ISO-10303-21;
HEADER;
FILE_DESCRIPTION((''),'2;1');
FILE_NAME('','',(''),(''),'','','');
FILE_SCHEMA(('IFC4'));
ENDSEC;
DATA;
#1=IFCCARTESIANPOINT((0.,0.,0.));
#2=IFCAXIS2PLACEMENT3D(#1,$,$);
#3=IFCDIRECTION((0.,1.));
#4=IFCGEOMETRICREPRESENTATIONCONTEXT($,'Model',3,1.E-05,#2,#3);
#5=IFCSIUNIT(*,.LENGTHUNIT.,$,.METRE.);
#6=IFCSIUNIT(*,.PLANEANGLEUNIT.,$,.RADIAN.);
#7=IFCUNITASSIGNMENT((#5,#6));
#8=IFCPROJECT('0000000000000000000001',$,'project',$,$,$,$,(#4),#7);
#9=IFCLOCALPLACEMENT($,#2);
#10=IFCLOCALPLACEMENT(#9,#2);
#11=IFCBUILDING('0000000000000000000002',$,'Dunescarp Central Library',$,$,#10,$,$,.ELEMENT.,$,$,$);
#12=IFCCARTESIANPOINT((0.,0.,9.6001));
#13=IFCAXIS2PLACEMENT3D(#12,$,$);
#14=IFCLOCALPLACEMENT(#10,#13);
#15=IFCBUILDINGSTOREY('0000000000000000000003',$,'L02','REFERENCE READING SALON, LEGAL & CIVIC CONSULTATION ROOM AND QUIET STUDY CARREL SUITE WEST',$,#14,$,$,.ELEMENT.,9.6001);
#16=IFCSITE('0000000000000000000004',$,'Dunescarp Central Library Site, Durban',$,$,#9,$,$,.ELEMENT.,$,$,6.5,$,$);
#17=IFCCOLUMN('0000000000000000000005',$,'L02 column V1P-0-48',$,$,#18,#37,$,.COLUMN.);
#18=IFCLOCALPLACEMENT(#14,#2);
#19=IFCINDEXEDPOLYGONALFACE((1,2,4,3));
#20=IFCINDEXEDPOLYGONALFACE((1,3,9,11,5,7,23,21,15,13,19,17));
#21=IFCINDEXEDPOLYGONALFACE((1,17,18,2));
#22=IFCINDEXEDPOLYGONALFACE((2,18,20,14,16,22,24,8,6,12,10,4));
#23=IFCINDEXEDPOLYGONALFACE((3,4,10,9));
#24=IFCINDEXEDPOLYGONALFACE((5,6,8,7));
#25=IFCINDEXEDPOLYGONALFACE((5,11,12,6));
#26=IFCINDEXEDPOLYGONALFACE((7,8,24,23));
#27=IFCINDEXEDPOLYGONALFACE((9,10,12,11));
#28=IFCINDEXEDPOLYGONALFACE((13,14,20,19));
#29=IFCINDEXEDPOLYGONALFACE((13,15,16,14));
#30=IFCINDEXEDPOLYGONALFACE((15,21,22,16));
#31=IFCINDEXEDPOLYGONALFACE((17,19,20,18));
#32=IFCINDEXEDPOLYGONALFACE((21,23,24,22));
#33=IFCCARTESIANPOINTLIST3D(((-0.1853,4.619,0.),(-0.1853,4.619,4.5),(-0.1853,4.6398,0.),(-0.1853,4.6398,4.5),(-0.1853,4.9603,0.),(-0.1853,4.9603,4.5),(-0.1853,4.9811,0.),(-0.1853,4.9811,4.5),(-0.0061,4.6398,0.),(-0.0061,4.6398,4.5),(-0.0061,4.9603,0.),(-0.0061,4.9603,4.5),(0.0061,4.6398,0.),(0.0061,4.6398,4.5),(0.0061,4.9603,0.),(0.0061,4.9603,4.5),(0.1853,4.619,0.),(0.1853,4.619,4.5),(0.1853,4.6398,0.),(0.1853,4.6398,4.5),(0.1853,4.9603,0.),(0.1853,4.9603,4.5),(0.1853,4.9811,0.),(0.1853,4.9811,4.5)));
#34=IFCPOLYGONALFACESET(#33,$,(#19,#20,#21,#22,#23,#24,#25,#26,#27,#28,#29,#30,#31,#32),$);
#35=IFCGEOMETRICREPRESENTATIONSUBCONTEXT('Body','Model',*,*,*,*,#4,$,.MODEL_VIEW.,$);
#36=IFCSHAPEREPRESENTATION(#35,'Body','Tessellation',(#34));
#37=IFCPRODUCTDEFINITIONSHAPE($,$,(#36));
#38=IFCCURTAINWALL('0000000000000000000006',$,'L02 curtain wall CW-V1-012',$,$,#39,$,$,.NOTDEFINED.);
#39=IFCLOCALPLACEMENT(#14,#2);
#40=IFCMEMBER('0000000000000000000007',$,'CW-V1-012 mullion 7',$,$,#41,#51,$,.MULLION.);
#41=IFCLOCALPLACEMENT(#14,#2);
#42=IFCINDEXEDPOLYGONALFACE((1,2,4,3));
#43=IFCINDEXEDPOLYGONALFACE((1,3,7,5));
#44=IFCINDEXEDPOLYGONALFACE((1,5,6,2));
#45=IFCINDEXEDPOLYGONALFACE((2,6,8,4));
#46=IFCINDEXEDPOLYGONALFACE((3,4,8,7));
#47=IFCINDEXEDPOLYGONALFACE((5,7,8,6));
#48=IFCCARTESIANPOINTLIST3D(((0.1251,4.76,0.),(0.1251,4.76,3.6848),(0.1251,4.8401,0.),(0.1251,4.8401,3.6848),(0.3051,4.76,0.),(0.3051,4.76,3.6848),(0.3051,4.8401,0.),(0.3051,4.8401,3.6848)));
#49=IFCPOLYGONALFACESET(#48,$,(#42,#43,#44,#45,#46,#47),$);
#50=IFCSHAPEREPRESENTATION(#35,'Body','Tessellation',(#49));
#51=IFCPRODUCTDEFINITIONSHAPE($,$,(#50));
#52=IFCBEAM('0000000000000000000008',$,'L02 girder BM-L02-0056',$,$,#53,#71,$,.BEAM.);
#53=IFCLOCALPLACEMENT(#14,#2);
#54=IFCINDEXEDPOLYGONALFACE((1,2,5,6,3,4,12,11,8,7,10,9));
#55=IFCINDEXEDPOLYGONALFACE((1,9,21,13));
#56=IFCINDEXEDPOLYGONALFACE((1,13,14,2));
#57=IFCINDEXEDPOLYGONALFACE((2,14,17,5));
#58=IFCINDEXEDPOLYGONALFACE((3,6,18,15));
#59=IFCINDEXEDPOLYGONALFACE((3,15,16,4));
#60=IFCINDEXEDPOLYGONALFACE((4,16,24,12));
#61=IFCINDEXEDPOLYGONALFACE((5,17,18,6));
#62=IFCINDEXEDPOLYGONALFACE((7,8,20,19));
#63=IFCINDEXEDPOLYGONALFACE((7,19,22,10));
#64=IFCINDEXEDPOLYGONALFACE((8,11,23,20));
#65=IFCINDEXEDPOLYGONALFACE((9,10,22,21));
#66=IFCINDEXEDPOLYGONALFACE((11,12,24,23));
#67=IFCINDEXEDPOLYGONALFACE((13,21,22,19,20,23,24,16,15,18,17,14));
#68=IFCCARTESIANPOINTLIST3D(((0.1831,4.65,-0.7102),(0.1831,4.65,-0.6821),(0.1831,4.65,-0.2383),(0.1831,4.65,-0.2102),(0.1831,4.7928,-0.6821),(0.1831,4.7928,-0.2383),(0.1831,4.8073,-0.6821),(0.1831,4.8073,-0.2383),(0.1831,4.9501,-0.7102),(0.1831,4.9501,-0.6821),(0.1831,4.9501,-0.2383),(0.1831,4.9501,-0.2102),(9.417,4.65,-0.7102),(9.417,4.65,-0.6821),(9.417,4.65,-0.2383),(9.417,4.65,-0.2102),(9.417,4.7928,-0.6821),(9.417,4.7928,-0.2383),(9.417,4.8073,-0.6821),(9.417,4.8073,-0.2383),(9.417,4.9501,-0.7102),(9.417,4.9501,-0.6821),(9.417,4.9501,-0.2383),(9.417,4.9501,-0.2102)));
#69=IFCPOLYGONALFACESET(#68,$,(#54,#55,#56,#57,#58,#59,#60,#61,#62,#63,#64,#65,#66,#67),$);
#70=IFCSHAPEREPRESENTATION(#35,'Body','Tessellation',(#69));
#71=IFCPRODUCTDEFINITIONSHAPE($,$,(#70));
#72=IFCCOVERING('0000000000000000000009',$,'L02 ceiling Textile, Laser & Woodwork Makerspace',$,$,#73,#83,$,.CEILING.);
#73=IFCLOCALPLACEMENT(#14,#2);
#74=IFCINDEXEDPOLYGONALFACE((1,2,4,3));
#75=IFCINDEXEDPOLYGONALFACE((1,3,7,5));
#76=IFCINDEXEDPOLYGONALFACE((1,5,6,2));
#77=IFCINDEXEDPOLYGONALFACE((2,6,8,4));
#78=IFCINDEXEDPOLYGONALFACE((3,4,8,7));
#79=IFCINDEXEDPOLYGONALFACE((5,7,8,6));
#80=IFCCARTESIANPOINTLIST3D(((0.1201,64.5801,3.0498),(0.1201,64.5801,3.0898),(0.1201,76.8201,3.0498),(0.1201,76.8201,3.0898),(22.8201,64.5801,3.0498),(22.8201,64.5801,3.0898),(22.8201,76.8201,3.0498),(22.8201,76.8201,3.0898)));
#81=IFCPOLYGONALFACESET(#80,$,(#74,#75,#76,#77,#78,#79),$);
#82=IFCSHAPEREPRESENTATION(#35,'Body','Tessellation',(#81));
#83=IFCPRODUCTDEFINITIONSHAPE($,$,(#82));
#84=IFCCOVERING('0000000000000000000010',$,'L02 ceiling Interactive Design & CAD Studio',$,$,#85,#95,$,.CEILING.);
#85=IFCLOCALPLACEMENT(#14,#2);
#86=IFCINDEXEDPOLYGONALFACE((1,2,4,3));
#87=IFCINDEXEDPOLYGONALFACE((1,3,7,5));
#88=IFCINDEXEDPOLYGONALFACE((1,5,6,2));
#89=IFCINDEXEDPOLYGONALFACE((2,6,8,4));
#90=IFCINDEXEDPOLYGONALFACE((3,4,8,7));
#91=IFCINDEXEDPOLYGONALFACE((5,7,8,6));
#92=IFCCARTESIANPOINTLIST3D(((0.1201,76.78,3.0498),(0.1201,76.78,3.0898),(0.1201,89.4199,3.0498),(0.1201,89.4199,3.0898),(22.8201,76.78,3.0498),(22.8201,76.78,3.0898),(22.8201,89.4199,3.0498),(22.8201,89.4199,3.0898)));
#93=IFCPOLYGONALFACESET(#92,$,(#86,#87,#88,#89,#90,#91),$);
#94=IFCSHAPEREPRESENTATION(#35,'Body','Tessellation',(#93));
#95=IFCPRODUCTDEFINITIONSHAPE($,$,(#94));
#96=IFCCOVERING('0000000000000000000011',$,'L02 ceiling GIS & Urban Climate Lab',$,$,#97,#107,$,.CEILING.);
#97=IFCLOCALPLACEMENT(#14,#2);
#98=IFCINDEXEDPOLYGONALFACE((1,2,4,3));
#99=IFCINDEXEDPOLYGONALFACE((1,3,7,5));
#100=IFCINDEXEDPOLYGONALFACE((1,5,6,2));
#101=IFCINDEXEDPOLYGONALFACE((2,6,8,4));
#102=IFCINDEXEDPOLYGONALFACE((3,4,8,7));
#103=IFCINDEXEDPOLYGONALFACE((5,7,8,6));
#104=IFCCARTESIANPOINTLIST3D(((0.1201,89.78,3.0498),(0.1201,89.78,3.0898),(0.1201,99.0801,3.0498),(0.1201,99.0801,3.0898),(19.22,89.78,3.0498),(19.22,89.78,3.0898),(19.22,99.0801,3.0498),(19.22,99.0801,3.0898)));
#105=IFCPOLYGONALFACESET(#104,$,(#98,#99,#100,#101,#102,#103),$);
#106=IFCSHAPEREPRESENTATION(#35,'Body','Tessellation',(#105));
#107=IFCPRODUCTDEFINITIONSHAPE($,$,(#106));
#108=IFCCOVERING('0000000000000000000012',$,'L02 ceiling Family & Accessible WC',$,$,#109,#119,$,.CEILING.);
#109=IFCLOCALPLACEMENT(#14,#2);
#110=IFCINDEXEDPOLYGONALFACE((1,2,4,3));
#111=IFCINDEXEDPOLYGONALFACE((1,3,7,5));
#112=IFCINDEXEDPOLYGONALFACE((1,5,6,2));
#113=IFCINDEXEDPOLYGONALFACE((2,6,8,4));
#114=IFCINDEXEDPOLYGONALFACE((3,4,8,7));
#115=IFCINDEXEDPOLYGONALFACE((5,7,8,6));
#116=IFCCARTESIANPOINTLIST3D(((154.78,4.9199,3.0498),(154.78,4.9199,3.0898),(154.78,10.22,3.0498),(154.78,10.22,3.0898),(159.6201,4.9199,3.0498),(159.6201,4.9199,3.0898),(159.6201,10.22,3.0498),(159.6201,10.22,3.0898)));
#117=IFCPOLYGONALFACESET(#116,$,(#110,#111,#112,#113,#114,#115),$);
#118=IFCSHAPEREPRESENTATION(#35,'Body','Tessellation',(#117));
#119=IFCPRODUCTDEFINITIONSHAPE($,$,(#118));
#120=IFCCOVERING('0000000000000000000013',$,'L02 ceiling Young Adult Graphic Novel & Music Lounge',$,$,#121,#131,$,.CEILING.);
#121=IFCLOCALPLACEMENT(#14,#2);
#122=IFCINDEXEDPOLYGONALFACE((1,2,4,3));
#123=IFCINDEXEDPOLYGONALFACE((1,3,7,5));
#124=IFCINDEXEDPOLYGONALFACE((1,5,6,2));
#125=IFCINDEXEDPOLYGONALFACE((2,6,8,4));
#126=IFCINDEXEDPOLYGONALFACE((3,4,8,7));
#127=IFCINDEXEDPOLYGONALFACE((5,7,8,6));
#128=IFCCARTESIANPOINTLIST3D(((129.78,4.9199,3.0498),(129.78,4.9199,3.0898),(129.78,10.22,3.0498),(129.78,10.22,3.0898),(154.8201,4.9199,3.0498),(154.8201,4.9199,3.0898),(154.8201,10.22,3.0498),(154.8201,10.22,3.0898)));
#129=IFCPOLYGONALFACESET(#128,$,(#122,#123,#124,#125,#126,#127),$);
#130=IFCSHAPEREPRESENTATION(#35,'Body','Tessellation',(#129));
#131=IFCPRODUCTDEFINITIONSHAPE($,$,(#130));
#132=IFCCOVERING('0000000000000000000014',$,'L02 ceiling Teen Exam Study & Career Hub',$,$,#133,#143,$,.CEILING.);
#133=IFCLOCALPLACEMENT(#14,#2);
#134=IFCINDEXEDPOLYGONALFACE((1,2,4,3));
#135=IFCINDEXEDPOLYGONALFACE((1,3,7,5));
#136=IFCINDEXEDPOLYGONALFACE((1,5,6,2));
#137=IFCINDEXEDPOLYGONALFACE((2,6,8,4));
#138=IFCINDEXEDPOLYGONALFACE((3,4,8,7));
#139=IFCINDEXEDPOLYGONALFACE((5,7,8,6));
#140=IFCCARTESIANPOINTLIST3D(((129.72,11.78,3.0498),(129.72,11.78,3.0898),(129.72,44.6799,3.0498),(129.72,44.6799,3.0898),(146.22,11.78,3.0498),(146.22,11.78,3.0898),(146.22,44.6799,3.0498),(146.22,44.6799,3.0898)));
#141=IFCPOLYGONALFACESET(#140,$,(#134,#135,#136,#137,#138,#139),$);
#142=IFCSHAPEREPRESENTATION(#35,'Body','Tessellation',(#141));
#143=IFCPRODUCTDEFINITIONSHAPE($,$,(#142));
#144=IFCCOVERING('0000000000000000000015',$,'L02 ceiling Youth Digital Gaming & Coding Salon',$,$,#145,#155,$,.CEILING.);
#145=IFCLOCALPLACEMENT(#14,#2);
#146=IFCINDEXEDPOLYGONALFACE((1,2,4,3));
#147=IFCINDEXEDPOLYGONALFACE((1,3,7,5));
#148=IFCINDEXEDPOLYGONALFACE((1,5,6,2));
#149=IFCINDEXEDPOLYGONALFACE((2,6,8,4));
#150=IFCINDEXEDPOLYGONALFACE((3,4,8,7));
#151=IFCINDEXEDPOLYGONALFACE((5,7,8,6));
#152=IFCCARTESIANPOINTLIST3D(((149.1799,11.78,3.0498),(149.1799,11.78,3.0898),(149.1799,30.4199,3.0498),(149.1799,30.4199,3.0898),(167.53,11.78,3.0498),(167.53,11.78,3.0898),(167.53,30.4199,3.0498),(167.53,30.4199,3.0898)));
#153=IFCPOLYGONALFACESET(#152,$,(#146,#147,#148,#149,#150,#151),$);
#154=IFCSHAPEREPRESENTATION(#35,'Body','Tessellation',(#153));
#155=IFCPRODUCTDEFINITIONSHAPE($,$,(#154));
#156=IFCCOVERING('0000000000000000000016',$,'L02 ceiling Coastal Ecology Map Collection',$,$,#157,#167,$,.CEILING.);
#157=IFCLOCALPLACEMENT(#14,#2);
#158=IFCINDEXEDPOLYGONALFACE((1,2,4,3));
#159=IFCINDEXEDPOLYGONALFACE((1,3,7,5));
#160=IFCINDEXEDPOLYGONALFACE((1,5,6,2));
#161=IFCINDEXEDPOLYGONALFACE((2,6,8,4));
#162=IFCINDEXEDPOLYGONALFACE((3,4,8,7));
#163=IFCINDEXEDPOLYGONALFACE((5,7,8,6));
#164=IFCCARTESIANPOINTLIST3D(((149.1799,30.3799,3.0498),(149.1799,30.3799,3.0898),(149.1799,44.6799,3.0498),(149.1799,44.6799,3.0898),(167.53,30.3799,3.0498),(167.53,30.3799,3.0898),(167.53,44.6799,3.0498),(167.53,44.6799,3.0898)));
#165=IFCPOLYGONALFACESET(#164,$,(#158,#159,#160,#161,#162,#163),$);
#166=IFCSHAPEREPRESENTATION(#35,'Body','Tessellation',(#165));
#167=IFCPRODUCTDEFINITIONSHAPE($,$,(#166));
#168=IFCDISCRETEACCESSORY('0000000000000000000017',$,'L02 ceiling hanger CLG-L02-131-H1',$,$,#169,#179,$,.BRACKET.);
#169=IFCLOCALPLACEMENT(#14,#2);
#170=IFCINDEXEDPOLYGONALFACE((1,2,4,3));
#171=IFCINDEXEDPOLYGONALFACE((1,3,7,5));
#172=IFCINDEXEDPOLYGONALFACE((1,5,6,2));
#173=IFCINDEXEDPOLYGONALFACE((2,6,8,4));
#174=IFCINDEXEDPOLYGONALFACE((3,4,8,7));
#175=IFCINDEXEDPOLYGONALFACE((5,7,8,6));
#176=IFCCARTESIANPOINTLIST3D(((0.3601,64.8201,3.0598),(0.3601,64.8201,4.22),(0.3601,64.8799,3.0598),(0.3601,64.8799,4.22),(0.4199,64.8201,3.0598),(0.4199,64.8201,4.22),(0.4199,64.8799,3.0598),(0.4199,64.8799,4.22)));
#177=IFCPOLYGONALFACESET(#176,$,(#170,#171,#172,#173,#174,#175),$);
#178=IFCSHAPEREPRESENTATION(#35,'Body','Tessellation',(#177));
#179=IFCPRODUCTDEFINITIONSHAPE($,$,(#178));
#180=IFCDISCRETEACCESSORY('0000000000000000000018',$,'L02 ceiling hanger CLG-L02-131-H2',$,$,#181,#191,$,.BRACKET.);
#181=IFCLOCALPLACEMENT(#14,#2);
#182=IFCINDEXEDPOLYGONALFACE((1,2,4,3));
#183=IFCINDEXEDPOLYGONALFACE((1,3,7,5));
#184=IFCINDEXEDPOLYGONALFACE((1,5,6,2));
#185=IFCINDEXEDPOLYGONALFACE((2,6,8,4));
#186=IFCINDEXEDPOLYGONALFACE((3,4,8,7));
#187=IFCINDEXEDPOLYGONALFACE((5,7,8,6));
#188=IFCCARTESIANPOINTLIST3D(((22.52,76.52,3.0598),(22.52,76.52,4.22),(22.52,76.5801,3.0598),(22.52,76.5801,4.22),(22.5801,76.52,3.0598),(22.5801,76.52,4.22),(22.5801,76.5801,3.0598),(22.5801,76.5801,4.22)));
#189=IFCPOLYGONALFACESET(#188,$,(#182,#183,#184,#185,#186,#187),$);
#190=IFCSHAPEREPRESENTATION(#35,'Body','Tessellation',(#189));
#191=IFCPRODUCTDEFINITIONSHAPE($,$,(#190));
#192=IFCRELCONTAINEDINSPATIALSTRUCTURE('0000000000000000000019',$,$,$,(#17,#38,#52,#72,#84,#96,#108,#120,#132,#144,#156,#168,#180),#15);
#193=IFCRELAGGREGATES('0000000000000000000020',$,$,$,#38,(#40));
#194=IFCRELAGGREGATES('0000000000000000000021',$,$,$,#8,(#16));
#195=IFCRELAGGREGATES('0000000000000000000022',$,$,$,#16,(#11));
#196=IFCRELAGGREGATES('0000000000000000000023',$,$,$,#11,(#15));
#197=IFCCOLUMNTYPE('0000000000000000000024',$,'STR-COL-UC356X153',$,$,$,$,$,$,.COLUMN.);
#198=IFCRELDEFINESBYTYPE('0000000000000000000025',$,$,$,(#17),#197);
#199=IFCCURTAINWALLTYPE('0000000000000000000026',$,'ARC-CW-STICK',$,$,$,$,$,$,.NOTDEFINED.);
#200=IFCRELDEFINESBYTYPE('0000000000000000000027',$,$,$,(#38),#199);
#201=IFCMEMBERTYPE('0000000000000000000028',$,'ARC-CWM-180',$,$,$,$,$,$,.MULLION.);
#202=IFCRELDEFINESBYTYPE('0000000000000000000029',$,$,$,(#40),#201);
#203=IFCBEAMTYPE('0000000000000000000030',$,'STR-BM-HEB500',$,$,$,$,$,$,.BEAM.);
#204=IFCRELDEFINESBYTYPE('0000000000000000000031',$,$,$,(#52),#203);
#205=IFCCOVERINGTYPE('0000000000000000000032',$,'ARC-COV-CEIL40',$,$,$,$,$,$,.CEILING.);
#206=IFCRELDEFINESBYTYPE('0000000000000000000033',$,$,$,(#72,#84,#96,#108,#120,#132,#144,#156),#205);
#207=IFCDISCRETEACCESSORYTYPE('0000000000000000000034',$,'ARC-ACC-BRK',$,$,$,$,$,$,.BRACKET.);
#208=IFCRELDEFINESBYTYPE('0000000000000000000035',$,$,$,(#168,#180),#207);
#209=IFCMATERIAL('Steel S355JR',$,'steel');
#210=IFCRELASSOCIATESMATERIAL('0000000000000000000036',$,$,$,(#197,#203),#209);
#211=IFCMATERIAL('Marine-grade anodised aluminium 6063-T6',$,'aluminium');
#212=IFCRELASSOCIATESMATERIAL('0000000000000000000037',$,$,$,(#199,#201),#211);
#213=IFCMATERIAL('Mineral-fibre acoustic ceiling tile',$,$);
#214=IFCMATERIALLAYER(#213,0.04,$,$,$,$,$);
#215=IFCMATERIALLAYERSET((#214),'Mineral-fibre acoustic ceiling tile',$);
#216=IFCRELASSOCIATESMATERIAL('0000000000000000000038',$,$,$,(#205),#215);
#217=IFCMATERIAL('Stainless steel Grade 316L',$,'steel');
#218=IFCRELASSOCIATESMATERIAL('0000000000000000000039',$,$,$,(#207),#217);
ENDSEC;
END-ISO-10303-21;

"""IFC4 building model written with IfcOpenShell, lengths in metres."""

from ifc_helpers import new_model, si_unit, direction, frame, origin, origin_2d, place, context, subcontext, project, spatial, polyline, rectangle, i_section, outline, extrude, material, layer, layer_set, material_profile, profile_set, type_object, element, aggregate, save


model = new_model("IFC4")

# Units and contexts
model_context = context("Model", 3, precision=1e-05, world=origin(), true_north=direction((0.0, 1.0)))
body_context = subcontext(model_context, "Body", "Model", "MODEL_VIEW")
ifc_project = project(units=[si_unit("LENGTHUNIT", "METRE"), si_unit("PLANEANGLEUNIT", "RADIAN")], contexts=[model_context])

# Site, building, storey
site_placement = place(None, origin())
site = spatial("IfcSite", under=ifc_project, at=site_placement, Name="Dunescarp Central Library Site, Durban", CompositionType="ELEMENT", RefElevation=6.5)
building_placement = place(site_placement, origin())
building = spatial("IfcBuilding", under=site, at=building_placement, Name="Dunescarp Central Library", CompositionType="ELEMENT")
storey_placement = place(building_placement, frame((0.0, 0.0, 9.6001)))
storey = spatial("IfcBuildingStorey", under=building, at=storey_placement, Name="L02", Description="REFERENCE READING SALON, LEGAL & CIVIC CONSULTATION ROOM AND QUIET STUDY CARREL SUITE WEST", CompositionType="ELEMENT", Elevation=9.6001)

# Column
ifc_material_1 = material(Name="Steel S355JR", Category="steel")
ifc_material_profile_1 = material_profile(ifc_material_1, i_section(OverallWidth=0.3706, OverallDepth=0.3621, WebThickness=0.0122, FlangeThickness=0.0208, at=origin_2d()), Name="UC 356x368x153")
ifc_profile_set_1 = profile_set([ifc_material_profile_1], Name="Steel S355JR")
column_type = type_object("IfcColumnType", Name="STR-COL-UC356X153", PredefinedType="COLUMN", material=ifc_profile_set_1)
column_placement = place(storey_placement, frame((0.0, 4.8, 0.0), z_axis=(0.0, 0.0, 1.0), x_axis=(1.0, 0.0, 0.0)))
element("IfcColumn", 1, at=column_placement, inside=storey, type_object=column_type, Name="L02 column V1P-0-48", PredefinedType="COLUMN", context=body_context, shape_type="SweptSolid", body=[
    extrude(i_section(OverallWidth=0.3706, OverallDepth=0.3621, WebThickness=0.0122, FlangeThickness=0.0208, at=origin_2d()), origin(), (0.0, 0.0, 1.0), 4.5),
])

# Curtain wall, member
ifc_material_2 = material(Name="Marine-grade anodised aluminium 6063-T6", Category="aluminium")
curtain_wall_type = type_object("IfcCurtainWallType", Name="ARC-CW-STICK", PredefinedType="NOTDEFINED", material=ifc_material_2)
curtain_wall_placement = place(storey_placement, origin())
curtain_wall = element("IfcCurtainWall", 2, at=curtain_wall_placement, inside=storey, type_object=curtain_wall_type, Name="L02 curtain wall CW-V1-012", PredefinedType="NOTDEFINED")
ifc_material_profile_2 = material_profile(ifc_material_2, rectangle(XDim=0.0801, YDim=0.1799, at=origin_2d()), Name="AL 80x180")
ifc_profile_set_2 = profile_set([ifc_material_profile_2], Name="Marine-grade anodised aluminium 6063-T6")
member_type = type_object("IfcMemberType", Name="ARC-CWM-180", PredefinedType="MULLION", material=ifc_profile_set_2)
member_placement = place(storey_placement, frame((0.2151, 4.8, 0.0), z_axis=(0.0, 0.0, 1.0), x_axis=(0.0, -1.0, 0.0)))
member = element("IfcMember", 3, at=member_placement, type_object=member_type, Name="CW-V1-012 mullion 7", PredefinedType="MULLION", context=body_context, shape_type="SweptSolid", body=[
    extrude(rectangle(XDim=0.0801, YDim=0.1799, at=origin_2d()), origin(), (0.0, 0.0, 1.0), 3.6848),
])
aggregate(curtain_wall, [member])

# Beam
ifc_material_profile_3 = material_profile(ifc_material_1, i_section(OverallWidth=0.3, OverallDepth=0.5, WebThickness=0.0144, FlangeThickness=0.0281, at=origin_2d()), Name="HEB 500")
ifc_profile_set_3 = profile_set([ifc_material_profile_3], Name="Steel S355JR")
beam_type = type_object("IfcBeamType", Name="STR-BM-HEB500", PredefinedType="BEAM", material=ifc_profile_set_3)
beam_placement = place(storey_placement, frame((0.1831, 4.8, -0.4602), z_axis=(1.0, 0.0, 0.0), x_axis=(0.0, 1.0, 0.0)))
element("IfcBeam", 4, at=beam_placement, inside=storey, type_object=beam_type, Name="L02 girder BM-L02-0056", PredefinedType="BEAM", context=body_context, shape_type="SweptSolid", body=[
    extrude(i_section(OverallWidth=0.3, OverallDepth=0.5, WebThickness=0.0144, FlangeThickness=0.0281, at=origin_2d()), origin(), (0.0, 0.0, 1.0), 9.2339),
])

# Coverings
ifc_material_3 = material(Name="Mineral-fibre acoustic ceiling tile")
ifc_layer = layer(ifc_material_3, 0.04)
ifc_layer_set = layer_set([ifc_layer], Name="Mineral-fibre acoustic ceiling tile")
covering_type = type_object("IfcCoveringType", Name="ARC-COV-CEIL40", PredefinedType="CEILING", material=ifc_layer_set)
covering_1_placement = place(storey_placement, frame((0.0, 0.0, 3.0498)))
element("IfcCovering", 5, at=covering_1_placement, inside=storey, type_object=covering_type, Name="L02 ceiling Textile, Laser & Woodwork Makerspace", PredefinedType="CEILING", context=body_context, shape_type="SweptSolid", body=[
    extrude(outline(polyline([(0.1201, 64.5801), (22.8201, 64.5801), (22.8201, 76.8201), (0.1201, 76.8201), (0.1201, 64.5801)])), origin(), (0.0, 0.0, 1.0), 0.04),
])
covering_2_placement = place(storey_placement, frame((0.0, 0.0, 3.0498)))
element("IfcCovering", 6, at=covering_2_placement, inside=storey, type_object=covering_type, Name="L02 ceiling Interactive Design & CAD Studio", PredefinedType="CEILING", context=body_context, shape_type="SweptSolid", body=[
    extrude(outline(polyline([(0.1201, 76.78), (22.8201, 76.78), (22.8201, 89.4199), (0.1201, 89.4199), (0.1201, 76.78)])), origin(), (0.0, 0.0, 1.0), 0.04),
])
covering_3_placement = place(storey_placement, frame((0.0, 0.0, 3.0498)))
element("IfcCovering", 7, at=covering_3_placement, inside=storey, type_object=covering_type, Name="L02 ceiling GIS & Urban Climate Lab", PredefinedType="CEILING", context=body_context, shape_type="SweptSolid", body=[
    extrude(outline(polyline([(0.1201, 89.78), (19.22, 89.78), (19.22, 99.0801), (0.1201, 99.0801), (0.1201, 89.78)])), origin(), (0.0, 0.0, 1.0), 0.04),
])
covering_4_placement = place(storey_placement, frame((0.0, 0.0, 3.0498)))
element("IfcCovering", 8, at=covering_4_placement, inside=storey, type_object=covering_type, Name="L02 ceiling Family & Accessible WC", PredefinedType="CEILING", context=body_context, shape_type="SweptSolid", body=[
    extrude(outline(polyline([(154.78, 4.9199), (159.6201, 4.9199), (159.6201, 10.22), (154.78, 10.22), (154.78, 4.9199)])), origin(), (0.0, 0.0, 1.0), 0.04),
])
covering_5_placement = place(storey_placement, frame((0.0, 0.0, 3.0498)))
element("IfcCovering", 9, at=covering_5_placement, inside=storey, type_object=covering_type, Name="L02 ceiling Young Adult Graphic Novel & Music Lounge", PredefinedType="CEILING", context=body_context, shape_type="SweptSolid", body=[
    extrude(outline(polyline([(129.78, 4.9199), (154.8201, 4.9199), (154.8201, 10.22), (129.78, 10.22), (129.78, 4.9199)])), origin(), (0.0, 0.0, 1.0), 0.04),
])
covering_6_placement = place(storey_placement, frame((0.0, 0.0, 3.0498)))
element("IfcCovering", 10, at=covering_6_placement, inside=storey, type_object=covering_type, Name="L02 ceiling Teen Exam Study & Career Hub", PredefinedType="CEILING", context=body_context, shape_type="SweptSolid", body=[
    extrude(outline(polyline([(129.72, 11.78), (146.22, 11.78), (146.22, 44.6799), (129.72, 44.6799), (129.72, 11.78)])), origin(), (0.0, 0.0, 1.0), 0.04),
])
covering_7_placement = place(storey_placement, frame((0.0, 0.0, 3.0498)))
element("IfcCovering", 11, at=covering_7_placement, inside=storey, type_object=covering_type, Name="L02 ceiling Youth Digital Gaming & Coding Salon", PredefinedType="CEILING", context=body_context, shape_type="SweptSolid", body=[
    extrude(outline(polyline([(149.1799, 11.78), (167.53, 11.78), (167.53, 30.4199), (149.1799, 30.4199), (149.1799, 11.78)])), origin(), (0.0, 0.0, 1.0), 0.04),
])
covering_8_placement = place(storey_placement, frame((0.0, 0.0, 3.0498)))
element("IfcCovering", 12, at=covering_8_placement, inside=storey, type_object=covering_type, Name="L02 ceiling Coastal Ecology Map Collection", PredefinedType="CEILING", context=body_context, shape_type="SweptSolid", body=[
    extrude(outline(polyline([(149.1799, 30.3799), (167.53, 30.3799), (167.53, 44.6799), (149.1799, 44.6799), (149.1799, 30.3799)])), origin(), (0.0, 0.0, 1.0), 0.04),
])

# Discrete accessories
ifc_material_4 = material(Name="Stainless steel Grade 316L", Category="steel")
discrete_accessory_type = type_object("IfcDiscreteAccessoryType", Name="ARC-ACC-BRK", PredefinedType="BRACKET", material=ifc_material_4)
discrete_accessory_1_placement = place(storey_placement, frame((0.0, 0.0, 3.0598)))
element("IfcDiscreteAccessory", 13, at=discrete_accessory_1_placement, inside=storey, type_object=discrete_accessory_type, Name="L02 ceiling hanger CLG-L02-131-H1", PredefinedType="BRACKET", context=body_context, shape_type="SweptSolid", body=[
    extrude(outline(polyline([(0.3601, 64.8201), (0.4199, 64.8201), (0.4199, 64.8799), (0.3601, 64.8799), (0.3601, 64.8201)])), origin(), (0.0, 0.0, 1.0), 1.1602),
])
discrete_accessory_2_placement = place(storey_placement, frame((0.0, 0.0, 3.0598)))
element("IfcDiscreteAccessory", 14, at=discrete_accessory_2_placement, inside=storey, type_object=discrete_accessory_type, Name="L02 ceiling hanger CLG-L02-131-H2", PredefinedType="BRACKET", context=body_context, shape_type="SweptSolid", body=[
    extrude(outline(polyline([(22.52, 76.52), (22.5801, 76.52), (22.5801, 76.5801), (22.52, 76.5801), (22.52, 76.52)])), origin(), (0.0, 0.0, 1.0), 1.1602),
])

save(model, "model.ifc")
